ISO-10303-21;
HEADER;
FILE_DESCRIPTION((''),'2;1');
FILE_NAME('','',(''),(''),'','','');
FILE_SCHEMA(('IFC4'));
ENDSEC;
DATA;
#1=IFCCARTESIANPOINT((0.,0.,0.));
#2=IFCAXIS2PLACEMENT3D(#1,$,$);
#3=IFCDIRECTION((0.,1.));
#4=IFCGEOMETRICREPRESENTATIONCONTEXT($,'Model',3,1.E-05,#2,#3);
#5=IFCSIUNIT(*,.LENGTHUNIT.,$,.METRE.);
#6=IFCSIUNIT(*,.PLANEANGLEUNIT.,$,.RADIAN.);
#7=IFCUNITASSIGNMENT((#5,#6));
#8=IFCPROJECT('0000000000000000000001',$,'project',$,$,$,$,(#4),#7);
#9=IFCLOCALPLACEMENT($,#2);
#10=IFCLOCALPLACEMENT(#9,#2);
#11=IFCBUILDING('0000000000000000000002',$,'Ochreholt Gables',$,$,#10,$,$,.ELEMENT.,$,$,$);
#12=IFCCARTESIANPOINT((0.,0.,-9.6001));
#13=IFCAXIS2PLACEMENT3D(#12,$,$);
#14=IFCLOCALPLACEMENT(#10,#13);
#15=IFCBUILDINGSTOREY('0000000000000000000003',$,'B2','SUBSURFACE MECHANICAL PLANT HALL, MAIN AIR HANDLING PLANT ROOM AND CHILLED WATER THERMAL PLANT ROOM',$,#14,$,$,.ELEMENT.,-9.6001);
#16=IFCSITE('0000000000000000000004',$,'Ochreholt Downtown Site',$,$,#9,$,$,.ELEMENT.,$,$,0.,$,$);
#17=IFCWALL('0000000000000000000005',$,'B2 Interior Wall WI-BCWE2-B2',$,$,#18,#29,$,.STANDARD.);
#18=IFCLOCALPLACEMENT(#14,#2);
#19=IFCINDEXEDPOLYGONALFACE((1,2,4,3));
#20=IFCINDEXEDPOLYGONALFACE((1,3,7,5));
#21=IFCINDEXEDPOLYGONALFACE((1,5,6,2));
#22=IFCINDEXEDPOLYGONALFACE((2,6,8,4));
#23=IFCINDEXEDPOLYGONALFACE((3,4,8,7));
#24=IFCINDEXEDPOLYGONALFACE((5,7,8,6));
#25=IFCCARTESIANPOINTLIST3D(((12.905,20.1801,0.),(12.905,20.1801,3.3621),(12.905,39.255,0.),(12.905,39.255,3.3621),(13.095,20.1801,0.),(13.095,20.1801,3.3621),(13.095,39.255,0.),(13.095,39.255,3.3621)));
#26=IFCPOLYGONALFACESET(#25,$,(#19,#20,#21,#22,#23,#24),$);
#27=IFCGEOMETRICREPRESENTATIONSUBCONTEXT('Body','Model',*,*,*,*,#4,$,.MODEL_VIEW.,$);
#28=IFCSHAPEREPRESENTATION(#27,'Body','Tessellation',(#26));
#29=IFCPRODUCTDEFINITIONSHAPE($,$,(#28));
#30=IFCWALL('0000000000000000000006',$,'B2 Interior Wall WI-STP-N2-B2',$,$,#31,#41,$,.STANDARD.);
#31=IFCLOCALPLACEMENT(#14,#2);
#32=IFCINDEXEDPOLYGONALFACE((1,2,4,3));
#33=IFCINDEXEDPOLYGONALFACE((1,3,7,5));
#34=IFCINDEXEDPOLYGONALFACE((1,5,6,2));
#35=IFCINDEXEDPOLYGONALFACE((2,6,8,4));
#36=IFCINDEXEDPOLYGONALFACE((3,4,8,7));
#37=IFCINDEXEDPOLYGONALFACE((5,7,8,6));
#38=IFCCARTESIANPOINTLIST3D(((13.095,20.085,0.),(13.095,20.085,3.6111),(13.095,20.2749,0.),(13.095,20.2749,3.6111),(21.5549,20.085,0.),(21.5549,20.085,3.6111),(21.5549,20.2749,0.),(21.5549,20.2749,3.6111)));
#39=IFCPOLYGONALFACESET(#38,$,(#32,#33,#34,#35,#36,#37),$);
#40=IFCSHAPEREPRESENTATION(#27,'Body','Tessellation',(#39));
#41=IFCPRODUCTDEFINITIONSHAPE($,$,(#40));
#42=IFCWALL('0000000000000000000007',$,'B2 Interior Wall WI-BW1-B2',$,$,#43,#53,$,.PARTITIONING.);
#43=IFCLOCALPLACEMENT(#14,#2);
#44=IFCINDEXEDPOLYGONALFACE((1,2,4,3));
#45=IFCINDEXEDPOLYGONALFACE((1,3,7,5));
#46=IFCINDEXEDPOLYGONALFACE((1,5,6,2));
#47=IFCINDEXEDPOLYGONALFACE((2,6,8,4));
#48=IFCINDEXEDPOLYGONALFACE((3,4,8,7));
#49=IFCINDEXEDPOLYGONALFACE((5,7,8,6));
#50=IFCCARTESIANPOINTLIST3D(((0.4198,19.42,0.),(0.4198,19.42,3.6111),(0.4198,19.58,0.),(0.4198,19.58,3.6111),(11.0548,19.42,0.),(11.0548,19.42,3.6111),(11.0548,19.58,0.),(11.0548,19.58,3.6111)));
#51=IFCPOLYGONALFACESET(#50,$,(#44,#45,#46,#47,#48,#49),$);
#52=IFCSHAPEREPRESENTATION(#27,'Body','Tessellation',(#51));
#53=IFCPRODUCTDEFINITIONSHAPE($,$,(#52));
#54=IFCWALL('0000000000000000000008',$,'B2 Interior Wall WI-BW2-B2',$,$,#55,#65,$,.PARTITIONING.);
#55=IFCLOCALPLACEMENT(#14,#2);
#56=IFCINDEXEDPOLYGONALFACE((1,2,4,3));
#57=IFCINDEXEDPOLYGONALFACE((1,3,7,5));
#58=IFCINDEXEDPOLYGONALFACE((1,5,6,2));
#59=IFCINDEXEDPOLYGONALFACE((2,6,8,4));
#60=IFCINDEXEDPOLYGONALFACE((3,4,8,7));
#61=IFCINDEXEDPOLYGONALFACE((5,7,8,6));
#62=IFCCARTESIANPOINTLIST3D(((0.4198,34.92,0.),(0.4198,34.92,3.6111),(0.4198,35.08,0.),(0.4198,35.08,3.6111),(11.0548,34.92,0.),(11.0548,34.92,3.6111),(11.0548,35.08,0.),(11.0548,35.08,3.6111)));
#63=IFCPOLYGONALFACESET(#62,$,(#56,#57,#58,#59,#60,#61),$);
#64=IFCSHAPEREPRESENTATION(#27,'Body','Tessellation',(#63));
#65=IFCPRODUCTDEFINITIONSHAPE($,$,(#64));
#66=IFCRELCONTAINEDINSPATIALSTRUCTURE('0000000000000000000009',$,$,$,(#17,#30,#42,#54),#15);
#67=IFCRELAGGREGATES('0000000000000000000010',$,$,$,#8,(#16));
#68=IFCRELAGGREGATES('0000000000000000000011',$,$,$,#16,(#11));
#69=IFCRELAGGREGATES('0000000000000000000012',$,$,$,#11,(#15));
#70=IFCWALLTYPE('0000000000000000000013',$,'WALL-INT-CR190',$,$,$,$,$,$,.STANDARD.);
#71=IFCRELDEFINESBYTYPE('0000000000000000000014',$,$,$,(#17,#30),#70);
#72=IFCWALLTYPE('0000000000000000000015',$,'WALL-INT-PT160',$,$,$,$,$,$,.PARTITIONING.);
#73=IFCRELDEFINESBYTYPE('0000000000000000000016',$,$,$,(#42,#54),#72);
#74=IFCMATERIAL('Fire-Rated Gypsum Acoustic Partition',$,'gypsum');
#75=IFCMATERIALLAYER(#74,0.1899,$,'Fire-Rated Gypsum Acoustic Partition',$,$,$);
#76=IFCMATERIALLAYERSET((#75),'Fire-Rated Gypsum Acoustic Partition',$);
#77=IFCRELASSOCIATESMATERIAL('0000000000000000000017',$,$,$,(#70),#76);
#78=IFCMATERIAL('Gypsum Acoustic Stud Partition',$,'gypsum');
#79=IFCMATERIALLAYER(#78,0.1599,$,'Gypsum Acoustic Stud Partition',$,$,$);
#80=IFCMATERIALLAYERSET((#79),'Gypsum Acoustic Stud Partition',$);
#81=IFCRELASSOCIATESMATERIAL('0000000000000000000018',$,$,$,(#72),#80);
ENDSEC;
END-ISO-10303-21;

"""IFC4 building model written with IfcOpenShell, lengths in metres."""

from ifc_helpers import new_model, si_unit, direction, frame, frame_2d, origin, place, context, subcontext, project, spatial, rectangle, extrude, material, layer, layer_set, type_object, element, save


model = new_model("IFC4")

# Units and contexts
model_context = context("Model", 3, precision=1e-05, world=origin(), true_north=direction((0.0, 1.0)))
body_context = subcontext(model_context, "Body", "Model", "MODEL_VIEW")
ifc_project = project(units=[si_unit("LENGTHUNIT", "METRE"), si_unit("PLANEANGLEUNIT", "RADIAN")], contexts=[model_context])

# Site, building, storey
site_placement = place(None, origin())
site = spatial("IfcSite", under=ifc_project, at=site_placement, Name="Ochreholt Downtown Site", CompositionType="ELEMENT", RefElevation=0.0)
building_placement = place(site_placement, origin())
building = spatial("IfcBuilding", under=site, at=building_placement, Name="Ochreholt Gables", CompositionType="ELEMENT")
storey_placement = place(building_placement, frame((0.0, 0.0, -9.6001)))
storey = spatial("IfcBuildingStorey", under=building, at=storey_placement, Name="B2", Description="SUBSURFACE MECHANICAL PLANT HALL, MAIN AIR HANDLING PLANT ROOM AND CHILLED WATER THERMAL PLANT ROOM", CompositionType="ELEMENT", Elevation=-9.6001)

# Walls
ifc_material_1 = material(Name="Fire-Rated Gypsum Acoustic Partition", Category="gypsum")
ifc_layer_1 = layer(ifc_material_1, 0.1899, Name="Fire-Rated Gypsum Acoustic Partition")
ifc_layer_set_1 = layer_set([ifc_layer_1], Name="Fire-Rated Gypsum Acoustic Partition")
wall_type_1 = type_object("IfcWallType", Name="WALL-INT-CR190", PredefinedType="STANDARD", material=ifc_layer_set_1)
wall_1_placement = place(storey_placement, frame((13.0, 20.1799, 0.0), z_axis=(0.0, 0.0, 1.0), x_axis=(0.0, 1.0, 0.0)))
element("IfcWall", 1, at=wall_1_placement, inside=storey, type_object=wall_type_1, Name="B2 Interior Wall WI-BCWE2-B2", PredefinedType="STANDARD", context=body_context, shape_type="SweptSolid", body=[
    extrude(rectangle(XDim=19.075, YDim=0.1899, at=frame_2d((9.5376, 0.0))), origin(), (0.0, 0.0, 1.0), 3.3621),
])
wall_2_placement = place(storey_placement, frame((13.095, 20.1799, 0.0), z_axis=(0.0, 0.0, 1.0), x_axis=(1.0, 0.0, 0.0)))
element("IfcWall", 2, at=wall_2_placement, inside=storey, type_object=wall_type_1, Name="B2 Interior Wall WI-STP-N2-B2", PredefinedType="STANDARD", context=body_context, shape_type="SweptSolid", body=[
    extrude(rectangle(XDim=8.46, YDim=0.1899, at=frame_2d((4.23, 0.0))), origin(), (0.0, 0.0, 1.0), 3.6111),
])
ifc_material_2 = material(Name="Gypsum Acoustic Stud Partition", Category="gypsum")
ifc_layer_2 = layer(ifc_material_2, 0.1599, Name="Gypsum Acoustic Stud Partition")
ifc_layer_set_2 = layer_set([ifc_layer_2], Name="Gypsum Acoustic Stud Partition")
wall_type_2 = type_object("IfcWallType", Name="WALL-INT-PT160", PredefinedType="PARTITIONING", material=ifc_layer_set_2)
for number, where, z_axis, x_axis, name in (
    (3, (0.4199, 19.5, 0.0), (0.0, 0.0, 1.0), (1.0, 0.0, 0.0), "B2 Interior Wall WI-BW1-B2"),
    (4, (0.4199, 35.0, 0.0), (0.0, 0.0, 1.0), (1.0, 0.0, 0.0), "B2 Interior Wall WI-BW2-B2"),
):
    element("IfcWall", number, at=place(storey_placement, frame(where, z_axis=z_axis, x_axis=x_axis)), inside=storey, type_object=wall_type_2, Name=name, PredefinedType="PARTITIONING", context=body_context, shape_type="SweptSolid", body=[
        extrude(rectangle(XDim=10.635, YDim=0.1599, at=frame_2d((5.3174, 0.0))), origin(), (0.0, 0.0, 1.0), 3.6111),
    ])

save(model, "model.ifc")
